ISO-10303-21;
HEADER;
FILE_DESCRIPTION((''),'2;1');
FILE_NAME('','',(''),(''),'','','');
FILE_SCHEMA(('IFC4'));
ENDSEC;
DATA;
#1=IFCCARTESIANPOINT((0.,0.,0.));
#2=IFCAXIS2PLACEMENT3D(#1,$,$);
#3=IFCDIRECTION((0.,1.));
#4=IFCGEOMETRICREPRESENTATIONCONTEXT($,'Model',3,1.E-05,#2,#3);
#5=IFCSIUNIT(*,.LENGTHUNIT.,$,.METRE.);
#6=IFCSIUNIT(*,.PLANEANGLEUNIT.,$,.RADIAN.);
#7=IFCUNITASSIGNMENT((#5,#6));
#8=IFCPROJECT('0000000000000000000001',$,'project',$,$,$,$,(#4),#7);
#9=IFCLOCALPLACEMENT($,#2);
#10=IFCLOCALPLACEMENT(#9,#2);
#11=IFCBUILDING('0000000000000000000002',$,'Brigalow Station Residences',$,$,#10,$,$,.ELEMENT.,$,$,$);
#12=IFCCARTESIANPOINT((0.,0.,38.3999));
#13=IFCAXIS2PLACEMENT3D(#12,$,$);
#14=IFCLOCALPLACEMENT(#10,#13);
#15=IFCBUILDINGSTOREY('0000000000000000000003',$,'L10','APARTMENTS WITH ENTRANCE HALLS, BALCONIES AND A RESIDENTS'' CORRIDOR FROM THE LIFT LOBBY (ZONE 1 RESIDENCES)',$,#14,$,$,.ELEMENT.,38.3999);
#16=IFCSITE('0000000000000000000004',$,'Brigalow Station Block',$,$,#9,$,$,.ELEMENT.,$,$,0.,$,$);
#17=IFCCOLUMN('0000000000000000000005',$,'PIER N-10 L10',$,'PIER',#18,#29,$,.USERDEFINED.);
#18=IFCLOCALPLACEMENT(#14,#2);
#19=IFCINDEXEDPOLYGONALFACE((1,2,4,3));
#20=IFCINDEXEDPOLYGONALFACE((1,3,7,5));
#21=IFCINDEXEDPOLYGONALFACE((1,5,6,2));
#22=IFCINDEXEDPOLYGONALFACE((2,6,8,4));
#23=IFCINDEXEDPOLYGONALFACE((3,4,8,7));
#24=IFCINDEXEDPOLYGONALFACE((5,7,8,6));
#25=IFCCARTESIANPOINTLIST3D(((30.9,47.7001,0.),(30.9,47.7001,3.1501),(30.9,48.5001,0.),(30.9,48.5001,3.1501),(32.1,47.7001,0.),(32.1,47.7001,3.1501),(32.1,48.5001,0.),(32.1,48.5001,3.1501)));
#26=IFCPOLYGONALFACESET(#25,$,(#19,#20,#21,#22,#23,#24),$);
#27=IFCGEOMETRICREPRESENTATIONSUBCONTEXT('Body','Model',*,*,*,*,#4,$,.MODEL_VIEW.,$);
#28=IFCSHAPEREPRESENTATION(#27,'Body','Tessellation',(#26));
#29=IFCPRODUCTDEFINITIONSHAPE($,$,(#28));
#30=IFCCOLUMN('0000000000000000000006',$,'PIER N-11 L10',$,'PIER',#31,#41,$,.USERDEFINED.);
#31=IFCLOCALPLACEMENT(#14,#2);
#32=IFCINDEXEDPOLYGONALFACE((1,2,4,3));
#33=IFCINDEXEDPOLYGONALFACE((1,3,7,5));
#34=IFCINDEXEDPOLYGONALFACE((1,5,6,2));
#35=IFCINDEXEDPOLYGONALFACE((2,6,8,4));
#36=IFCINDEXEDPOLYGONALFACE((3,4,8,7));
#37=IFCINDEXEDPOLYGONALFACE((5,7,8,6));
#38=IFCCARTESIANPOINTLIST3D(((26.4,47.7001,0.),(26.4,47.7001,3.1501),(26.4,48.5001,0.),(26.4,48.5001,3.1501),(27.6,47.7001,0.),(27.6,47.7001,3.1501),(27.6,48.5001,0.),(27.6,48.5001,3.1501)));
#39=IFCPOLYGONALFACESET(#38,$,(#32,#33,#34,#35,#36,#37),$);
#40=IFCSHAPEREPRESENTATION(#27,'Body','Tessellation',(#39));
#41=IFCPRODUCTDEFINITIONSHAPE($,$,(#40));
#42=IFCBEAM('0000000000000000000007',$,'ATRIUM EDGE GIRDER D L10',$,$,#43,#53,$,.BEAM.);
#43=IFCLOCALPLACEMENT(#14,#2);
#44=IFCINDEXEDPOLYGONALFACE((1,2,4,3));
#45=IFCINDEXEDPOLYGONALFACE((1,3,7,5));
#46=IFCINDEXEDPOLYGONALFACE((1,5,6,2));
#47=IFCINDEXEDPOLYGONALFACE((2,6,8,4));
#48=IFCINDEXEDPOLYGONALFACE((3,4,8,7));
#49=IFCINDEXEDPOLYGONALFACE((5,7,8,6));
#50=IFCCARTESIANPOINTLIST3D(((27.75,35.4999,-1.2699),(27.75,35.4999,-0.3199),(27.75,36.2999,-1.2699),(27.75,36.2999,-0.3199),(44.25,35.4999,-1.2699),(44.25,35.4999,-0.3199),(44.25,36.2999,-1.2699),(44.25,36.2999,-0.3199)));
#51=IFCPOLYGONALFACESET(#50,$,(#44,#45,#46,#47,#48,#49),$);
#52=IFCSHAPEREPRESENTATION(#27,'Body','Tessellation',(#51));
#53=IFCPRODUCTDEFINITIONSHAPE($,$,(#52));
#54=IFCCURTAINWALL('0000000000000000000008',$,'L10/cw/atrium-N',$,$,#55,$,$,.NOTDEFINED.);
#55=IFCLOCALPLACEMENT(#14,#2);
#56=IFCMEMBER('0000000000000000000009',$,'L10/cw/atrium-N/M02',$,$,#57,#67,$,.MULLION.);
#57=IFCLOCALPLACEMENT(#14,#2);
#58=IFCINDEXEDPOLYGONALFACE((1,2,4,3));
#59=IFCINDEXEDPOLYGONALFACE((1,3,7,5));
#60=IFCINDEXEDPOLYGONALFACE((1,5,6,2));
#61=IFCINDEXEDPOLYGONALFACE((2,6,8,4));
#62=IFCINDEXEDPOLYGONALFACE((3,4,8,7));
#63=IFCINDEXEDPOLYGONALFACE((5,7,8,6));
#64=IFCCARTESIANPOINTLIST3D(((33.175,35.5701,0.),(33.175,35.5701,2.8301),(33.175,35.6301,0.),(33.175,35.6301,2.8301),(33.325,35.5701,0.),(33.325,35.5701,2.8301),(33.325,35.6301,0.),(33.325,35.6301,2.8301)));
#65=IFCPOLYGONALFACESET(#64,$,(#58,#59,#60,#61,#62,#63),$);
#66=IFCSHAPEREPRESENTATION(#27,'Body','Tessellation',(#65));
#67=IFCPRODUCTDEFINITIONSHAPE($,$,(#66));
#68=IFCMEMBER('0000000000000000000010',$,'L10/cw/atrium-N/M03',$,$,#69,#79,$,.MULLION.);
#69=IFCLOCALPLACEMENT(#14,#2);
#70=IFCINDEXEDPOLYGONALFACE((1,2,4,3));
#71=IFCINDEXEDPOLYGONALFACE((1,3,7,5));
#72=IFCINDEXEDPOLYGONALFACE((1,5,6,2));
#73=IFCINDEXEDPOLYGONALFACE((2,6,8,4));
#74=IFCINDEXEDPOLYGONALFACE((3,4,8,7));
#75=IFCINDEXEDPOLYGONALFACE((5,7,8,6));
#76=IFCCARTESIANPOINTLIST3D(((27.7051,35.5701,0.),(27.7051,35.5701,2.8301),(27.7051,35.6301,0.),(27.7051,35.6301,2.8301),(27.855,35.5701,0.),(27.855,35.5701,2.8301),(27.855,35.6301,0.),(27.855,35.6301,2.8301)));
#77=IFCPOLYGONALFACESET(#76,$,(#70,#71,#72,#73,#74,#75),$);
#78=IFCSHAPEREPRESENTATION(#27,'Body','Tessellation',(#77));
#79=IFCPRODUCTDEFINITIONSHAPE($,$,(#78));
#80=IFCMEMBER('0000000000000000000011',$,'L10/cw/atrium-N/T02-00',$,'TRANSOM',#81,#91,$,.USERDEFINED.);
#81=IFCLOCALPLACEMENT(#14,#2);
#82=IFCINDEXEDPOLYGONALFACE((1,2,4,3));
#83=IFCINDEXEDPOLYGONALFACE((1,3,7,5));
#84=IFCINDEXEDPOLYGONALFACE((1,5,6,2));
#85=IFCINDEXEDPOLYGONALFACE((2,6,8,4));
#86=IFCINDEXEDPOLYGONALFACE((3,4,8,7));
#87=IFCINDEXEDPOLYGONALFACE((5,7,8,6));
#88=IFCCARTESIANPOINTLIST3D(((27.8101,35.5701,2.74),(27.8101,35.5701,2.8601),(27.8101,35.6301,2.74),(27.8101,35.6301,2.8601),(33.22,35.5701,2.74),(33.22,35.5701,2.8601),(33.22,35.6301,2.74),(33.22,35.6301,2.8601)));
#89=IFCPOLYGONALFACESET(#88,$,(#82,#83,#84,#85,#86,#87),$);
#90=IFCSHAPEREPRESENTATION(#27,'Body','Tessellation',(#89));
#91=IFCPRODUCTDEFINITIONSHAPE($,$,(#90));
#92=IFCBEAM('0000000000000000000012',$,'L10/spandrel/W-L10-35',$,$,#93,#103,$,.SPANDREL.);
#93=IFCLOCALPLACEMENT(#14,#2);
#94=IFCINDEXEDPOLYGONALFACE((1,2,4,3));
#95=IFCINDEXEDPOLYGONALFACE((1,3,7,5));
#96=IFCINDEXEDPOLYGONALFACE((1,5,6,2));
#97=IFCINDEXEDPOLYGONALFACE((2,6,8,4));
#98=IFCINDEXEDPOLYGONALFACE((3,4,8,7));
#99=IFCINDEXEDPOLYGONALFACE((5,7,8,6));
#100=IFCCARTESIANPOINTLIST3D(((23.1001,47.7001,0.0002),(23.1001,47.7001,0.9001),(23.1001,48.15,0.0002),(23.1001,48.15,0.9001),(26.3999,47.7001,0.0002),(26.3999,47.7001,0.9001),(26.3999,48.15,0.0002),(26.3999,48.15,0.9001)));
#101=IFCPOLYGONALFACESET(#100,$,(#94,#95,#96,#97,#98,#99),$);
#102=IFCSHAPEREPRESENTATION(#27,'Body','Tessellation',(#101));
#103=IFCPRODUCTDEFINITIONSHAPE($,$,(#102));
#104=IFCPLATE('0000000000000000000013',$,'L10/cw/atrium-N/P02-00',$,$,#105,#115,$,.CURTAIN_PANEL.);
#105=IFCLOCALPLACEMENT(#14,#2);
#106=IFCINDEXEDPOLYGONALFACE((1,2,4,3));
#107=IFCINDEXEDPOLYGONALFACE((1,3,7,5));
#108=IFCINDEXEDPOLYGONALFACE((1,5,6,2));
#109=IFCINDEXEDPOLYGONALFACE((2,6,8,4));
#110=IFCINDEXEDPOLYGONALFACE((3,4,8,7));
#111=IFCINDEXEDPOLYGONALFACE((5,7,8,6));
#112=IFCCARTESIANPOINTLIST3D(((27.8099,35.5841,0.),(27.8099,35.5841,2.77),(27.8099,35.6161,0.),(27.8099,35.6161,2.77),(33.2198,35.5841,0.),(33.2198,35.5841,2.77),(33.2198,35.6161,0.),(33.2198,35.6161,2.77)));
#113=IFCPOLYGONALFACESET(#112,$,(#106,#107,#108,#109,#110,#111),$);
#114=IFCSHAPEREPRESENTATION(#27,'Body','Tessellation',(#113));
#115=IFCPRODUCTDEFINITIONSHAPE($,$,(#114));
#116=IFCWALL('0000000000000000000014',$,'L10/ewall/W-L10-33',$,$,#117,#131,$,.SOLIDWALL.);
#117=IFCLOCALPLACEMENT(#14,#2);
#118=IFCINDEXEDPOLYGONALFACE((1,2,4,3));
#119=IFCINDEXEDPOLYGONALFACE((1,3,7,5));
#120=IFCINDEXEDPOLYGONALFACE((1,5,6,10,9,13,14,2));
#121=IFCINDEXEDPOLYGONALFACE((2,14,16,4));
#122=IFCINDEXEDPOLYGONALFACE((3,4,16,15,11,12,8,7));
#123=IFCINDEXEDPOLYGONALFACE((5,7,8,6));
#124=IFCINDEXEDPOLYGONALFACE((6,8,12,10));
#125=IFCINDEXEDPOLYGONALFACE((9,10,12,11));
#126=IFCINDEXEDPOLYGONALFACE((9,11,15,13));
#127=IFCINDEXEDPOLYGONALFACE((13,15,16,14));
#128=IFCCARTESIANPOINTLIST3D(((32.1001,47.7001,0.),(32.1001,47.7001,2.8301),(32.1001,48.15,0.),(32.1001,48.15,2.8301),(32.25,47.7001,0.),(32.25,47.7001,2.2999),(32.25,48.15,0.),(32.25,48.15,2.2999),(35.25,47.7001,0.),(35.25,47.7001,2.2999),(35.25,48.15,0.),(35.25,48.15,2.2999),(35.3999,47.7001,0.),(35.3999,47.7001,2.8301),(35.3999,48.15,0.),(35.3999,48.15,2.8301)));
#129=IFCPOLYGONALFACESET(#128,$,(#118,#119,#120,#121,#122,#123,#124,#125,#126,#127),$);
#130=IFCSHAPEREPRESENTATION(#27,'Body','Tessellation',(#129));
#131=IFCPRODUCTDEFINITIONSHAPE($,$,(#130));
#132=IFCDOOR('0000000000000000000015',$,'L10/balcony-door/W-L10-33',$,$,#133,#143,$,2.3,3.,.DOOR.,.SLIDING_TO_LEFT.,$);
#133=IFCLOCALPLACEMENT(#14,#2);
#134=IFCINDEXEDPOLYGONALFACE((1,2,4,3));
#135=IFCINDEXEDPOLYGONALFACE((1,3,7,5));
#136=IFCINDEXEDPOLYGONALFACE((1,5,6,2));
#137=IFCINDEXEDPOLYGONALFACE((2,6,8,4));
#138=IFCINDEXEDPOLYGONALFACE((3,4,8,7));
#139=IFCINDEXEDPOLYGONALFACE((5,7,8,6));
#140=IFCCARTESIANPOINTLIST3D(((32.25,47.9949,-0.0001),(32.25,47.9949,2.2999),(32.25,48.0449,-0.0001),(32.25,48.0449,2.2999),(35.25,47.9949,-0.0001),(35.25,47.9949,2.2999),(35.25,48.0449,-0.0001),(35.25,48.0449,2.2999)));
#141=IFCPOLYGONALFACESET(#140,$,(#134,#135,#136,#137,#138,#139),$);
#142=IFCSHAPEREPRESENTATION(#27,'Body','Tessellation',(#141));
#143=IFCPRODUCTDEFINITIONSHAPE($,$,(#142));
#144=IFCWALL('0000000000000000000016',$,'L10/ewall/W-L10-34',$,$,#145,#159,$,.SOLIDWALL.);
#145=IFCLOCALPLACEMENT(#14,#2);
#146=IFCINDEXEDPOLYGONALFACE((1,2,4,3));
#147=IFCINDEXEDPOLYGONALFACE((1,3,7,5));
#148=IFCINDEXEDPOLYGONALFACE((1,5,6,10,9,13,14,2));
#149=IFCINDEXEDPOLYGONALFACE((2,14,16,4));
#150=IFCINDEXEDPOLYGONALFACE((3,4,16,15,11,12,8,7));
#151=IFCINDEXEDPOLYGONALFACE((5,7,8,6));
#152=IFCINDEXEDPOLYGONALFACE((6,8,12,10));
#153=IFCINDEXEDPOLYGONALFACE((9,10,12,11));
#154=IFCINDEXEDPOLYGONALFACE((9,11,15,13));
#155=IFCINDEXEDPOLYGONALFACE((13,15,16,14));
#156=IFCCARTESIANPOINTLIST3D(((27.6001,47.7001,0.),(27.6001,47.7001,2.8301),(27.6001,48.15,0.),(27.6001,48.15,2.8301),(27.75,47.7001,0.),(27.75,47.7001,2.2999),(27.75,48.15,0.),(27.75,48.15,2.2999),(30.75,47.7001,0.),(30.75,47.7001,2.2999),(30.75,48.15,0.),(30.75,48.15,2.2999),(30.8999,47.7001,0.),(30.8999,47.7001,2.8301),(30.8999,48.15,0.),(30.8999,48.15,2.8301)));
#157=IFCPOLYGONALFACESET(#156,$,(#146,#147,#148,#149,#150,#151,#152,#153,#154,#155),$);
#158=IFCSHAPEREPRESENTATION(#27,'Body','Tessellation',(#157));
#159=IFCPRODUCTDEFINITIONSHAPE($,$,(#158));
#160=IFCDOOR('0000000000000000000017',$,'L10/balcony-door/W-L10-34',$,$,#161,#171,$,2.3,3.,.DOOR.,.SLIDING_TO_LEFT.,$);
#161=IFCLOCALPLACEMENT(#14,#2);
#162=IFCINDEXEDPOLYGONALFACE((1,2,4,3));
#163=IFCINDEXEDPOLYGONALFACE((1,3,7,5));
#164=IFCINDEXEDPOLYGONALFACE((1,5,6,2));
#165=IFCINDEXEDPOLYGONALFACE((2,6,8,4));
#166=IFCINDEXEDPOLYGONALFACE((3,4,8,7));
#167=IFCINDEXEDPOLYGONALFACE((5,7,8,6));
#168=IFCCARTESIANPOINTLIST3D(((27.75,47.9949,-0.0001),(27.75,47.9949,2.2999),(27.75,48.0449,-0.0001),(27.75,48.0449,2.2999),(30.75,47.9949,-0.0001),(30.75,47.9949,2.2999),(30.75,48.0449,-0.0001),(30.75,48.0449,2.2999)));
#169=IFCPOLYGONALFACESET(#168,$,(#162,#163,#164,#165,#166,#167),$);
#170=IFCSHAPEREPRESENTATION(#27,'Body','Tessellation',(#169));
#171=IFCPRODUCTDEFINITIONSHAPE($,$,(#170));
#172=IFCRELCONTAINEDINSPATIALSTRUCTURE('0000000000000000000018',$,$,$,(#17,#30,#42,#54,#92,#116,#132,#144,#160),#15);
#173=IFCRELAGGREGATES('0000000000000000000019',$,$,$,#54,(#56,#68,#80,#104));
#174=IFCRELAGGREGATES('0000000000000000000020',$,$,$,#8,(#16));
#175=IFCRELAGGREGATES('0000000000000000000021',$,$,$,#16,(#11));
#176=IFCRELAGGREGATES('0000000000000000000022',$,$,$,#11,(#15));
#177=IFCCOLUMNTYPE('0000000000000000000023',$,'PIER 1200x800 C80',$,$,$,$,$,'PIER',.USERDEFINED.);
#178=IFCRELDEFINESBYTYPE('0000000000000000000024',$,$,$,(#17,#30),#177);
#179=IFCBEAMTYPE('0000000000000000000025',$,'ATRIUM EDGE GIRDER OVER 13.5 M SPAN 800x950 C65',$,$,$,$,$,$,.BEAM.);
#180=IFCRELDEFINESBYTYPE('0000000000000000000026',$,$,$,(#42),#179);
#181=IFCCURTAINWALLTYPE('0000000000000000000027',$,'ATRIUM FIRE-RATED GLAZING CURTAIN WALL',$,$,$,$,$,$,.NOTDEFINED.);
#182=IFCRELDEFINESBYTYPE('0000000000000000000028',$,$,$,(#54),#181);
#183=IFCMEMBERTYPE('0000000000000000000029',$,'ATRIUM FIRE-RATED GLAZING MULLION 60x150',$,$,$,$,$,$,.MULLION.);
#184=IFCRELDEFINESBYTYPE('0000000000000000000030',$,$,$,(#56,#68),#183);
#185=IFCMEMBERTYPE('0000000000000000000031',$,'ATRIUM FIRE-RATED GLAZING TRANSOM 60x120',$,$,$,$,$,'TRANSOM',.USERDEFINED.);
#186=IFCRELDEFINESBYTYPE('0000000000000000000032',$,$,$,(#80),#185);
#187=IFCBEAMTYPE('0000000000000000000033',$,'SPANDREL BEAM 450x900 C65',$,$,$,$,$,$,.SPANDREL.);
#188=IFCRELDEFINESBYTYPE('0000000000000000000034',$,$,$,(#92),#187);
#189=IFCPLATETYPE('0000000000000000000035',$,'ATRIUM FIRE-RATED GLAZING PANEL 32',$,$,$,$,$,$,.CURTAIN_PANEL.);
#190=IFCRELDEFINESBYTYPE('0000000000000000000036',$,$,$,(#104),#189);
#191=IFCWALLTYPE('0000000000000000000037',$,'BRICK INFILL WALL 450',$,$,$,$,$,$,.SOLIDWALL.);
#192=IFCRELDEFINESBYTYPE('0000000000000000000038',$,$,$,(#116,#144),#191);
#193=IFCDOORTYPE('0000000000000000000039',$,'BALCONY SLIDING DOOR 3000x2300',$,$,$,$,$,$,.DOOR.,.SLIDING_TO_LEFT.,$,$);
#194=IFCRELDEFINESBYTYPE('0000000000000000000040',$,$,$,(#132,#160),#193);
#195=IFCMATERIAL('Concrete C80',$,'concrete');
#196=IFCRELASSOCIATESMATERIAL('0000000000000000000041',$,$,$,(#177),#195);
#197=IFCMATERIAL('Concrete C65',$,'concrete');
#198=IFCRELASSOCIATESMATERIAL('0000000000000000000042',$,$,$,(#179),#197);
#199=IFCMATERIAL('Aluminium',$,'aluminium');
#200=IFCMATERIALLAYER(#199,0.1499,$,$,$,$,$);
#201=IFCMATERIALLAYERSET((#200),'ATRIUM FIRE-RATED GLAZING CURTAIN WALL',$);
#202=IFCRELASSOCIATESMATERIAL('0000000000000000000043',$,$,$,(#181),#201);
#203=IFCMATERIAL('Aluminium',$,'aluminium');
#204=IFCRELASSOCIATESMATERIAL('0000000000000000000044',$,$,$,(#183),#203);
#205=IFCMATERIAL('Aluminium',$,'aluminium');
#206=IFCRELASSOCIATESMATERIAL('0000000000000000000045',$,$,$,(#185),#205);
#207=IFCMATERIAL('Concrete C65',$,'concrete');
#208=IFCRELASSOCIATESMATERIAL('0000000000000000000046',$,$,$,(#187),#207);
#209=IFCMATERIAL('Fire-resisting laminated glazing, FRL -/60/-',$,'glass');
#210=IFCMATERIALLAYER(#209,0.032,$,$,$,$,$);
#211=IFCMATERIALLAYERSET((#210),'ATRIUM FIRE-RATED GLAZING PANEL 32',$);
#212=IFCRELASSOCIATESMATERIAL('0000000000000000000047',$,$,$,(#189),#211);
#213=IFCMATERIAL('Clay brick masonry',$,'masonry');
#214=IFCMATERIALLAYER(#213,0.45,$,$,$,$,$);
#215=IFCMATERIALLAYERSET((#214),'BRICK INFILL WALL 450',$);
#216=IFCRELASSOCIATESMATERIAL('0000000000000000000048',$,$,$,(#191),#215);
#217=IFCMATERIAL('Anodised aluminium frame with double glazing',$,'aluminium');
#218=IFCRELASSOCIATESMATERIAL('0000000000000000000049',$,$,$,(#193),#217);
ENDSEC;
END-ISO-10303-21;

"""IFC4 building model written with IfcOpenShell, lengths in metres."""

from ifc_helpers import new_model, si_unit, direction, frame, frame_2d, origin, origin_2d, place, context, subcontext, project, spatial, rectangle, extrude, material, layer, layer_set, material_profile, profile_set, type_object, element, fill, aggregate, save


model = new_model("IFC4")

# Units and contexts
model_context = context("Model", 3, precision=1e-05, world=origin(), true_north=direction((0.0, 1.0)))
body_context = subcontext(model_context, "Body", "Model", "MODEL_VIEW")
ifc_project = project(units=[si_unit("LENGTHUNIT", "METRE"), si_unit("PLANEANGLEUNIT", "RADIAN")], contexts=[model_context])

# Site, building, storey
site_placement = place(None, origin())
site = spatial("IfcSite", under=ifc_project, at=site_placement, Name="Brigalow Station Block", CompositionType="ELEMENT", RefElevation=0.0)
building_placement = place(site_placement, origin())
building = spatial("IfcBuilding", under=site, at=building_placement, Name="Brigalow Station Residences", CompositionType="ELEMENT")
storey_placement = place(building_placement, frame((0.0, 0.0, 38.3999)))
storey = spatial("IfcBuildingStorey", under=building, at=storey_placement, Name="L10", Description="APARTMENTS WITH ENTRANCE HALLS, BALCONIES AND A RESIDENTS' CORRIDOR FROM THE LIFT LOBBY (ZONE 1 RESIDENCES)", CompositionType="ELEMENT", Elevation=38.3999)

# Columns
ifc_material_1 = material(Name="Concrete C80", Category="concrete")
ifc_material_profile_1 = material_profile(ifc_material_1, rectangle(XDim=1.2, YDim=0.8, at=origin_2d()), Name="RC1200x800")
ifc_profile_set_1 = profile_set([ifc_material_profile_1], Name="Concrete C80")
column_type = type_object("IfcColumnType", Name="PIER 1200x800 C80", ElementType="PIER", PredefinedType="USERDEFINED", material=ifc_profile_set_1)
for number, where, z_axis, x_axis, name in (
    (1, (31.5, 48.1001, 0.0), (0.0, 0.0, 1.0), (-1.0, 0.0, 0.0), "PIER N-10 L10"),
    (2, (27.0, 48.1001, 0.0), (0.0, 0.0, 1.0), (-1.0, 0.0, 0.0), "PIER N-11 L10"),
):
    element("IfcColumn", number, at=place(storey_placement, frame(where, z_axis=z_axis, x_axis=x_axis)), inside=storey, type_object=column_type, Name=name, ObjectType="PIER", PredefinedType="USERDEFINED", context=body_context, shape_type="SweptSolid", body=[
        extrude(rectangle(XDim=1.2, YDim=0.8, at=origin_2d()), origin(), (0.0, 0.0, 1.0), 3.1501),
    ])

# Beam
ifc_material_2 = material(Name="Concrete C65", Category="concrete")
ifc_material_profile_2 = material_profile(ifc_material_2, rectangle(XDim=0.8, YDim=0.95, at=origin_2d()), Name="RC800x950")
ifc_profile_set_2 = profile_set([ifc_material_profile_2], Name="Concrete C65")
beam_type_1 = type_object("IfcBeamType", Name="ATRIUM EDGE GIRDER OVER 13.5 M SPAN 800x950 C65", PredefinedType="BEAM", material=ifc_profile_set_2)
beam_1_placement = place(storey_placement, frame((27.75, 35.8999, -0.7949), z_axis=(1.0, 0.0, 0.0), x_axis=(0.0, 1.0, 0.0)))
element("IfcBeam", 3, at=beam_1_placement, inside=storey, type_object=beam_type_1, Name="ATRIUM EDGE GIRDER D L10", PredefinedType="BEAM", context=body_context, shape_type="SweptSolid", body=[
    extrude(rectangle(XDim=0.8, YDim=0.95, at=origin_2d()), origin(), (0.0, 0.0, 1.0), 16.5),
])

# Curtain wall, members
ifc_material_3 = material(Name="Aluminium", Category="aluminium")
ifc_layer_1 = layer(ifc_material_3, 0.1499)
ifc_layer_set_1 = layer_set([ifc_layer_1], Name="ATRIUM FIRE-RATED GLAZING CURTAIN WALL")
curtain_wall_type = type_object("IfcCurtainWallType", Name="ATRIUM FIRE-RATED GLAZING CURTAIN WALL", PredefinedType="NOTDEFINED", material=ifc_layer_set_1)
curtain_wall_placement = place(storey_placement, origin())
curtain_wall = element("IfcCurtainWall", 4, at=curtain_wall_placement, inside=storey, type_object=curtain_wall_type, Name="L10/cw/atrium-N", PredefinedType="NOTDEFINED")
ifc_material_4 = material(Name="Aluminium", Category="aluminium")
ifc_material_profile_3 = material_profile(ifc_material_4, rectangle(XDim=0.0601, YDim=0.1499, at=origin_2d()), Name="ATRIUM FIRE-RATED GLAZING MULLION 60x150")
ifc_profile_set_3 = profile_set([ifc_material_profile_3], Name="Aluminium")
member_type_1 = type_object("IfcMemberType", Name="ATRIUM FIRE-RATED GLAZING MULLION 60x150", PredefinedType="MULLION", material=ifc_profile_set_3)
member_1_placement = place(storey_placement, frame((33.25, 35.6001, 0.0), z_axis=(0.0, 0.0, 1.0), x_axis=(0.0, -1.0, 0.0)))
member_1 = element("IfcMember", 5, at=member_1_placement, type_object=member_type_1, Name="L10/cw/atrium-N/M02", PredefinedType="MULLION", context=body_context, shape_type="SweptSolid", body=[
    extrude(rectangle(XDim=0.0601, YDim=0.1499, at=origin_2d()), origin(), (0.0, 0.0, 1.0), 2.8301),
])
member_2_placement = place(storey_placement, frame((27.78, 35.6001, 0.0), z_axis=(0.0, 0.0, 1.0), x_axis=(0.0, -1.0, 0.0)))
member_2 = element("IfcMember", 6, at=member_2_placement, type_object=member_type_1, Name="L10/cw/atrium-N/M03", PredefinedType="MULLION", context=body_context, shape_type="SweptSolid", body=[
    extrude(rectangle(XDim=0.0601, YDim=0.1499, at=origin_2d()), origin(), (0.0, 0.0, 1.0), 2.8301),
])
ifc_material_5 = material(Name="Aluminium", Category="aluminium")
ifc_material_profile_4 = material_profile(ifc_material_5, rectangle(XDim=0.0601, YDim=0.1201, at=origin_2d()), Name="ATRIUM FIRE-RATED GLAZING TRANSOM 60x120")
ifc_profile_set_4 = profile_set([ifc_material_profile_4], Name="Aluminium")
member_type_2 = type_object("IfcMemberType", Name="ATRIUM FIRE-RATED GLAZING TRANSOM 60x120", ElementType="TRANSOM", PredefinedType="USERDEFINED", material=ifc_profile_set_4)
member_3_placement = place(storey_placement, frame((33.22, 35.6001, 2.8), z_axis=(-1.0, 0.0, 0.0), x_axis=(0.0, -1.0, 0.0)))
member_3 = element("IfcMember", 7, at=member_3_placement, type_object=member_type_2, Name="L10/cw/atrium-N/T02-00", ObjectType="TRANSOM", PredefinedType="USERDEFINED", context=body_context, shape_type="SweptSolid", body=[
    extrude(rectangle(XDim=0.0601, YDim=0.1201, at=origin_2d()), origin(), (0.0, 0.0, 1.0), 5.4099),
])

# Beam
ifc_material_6 = material(Name="Concrete C65", Category="concrete")
ifc_material_profile_5 = material_profile(ifc_material_6, rectangle(XDim=0.45, YDim=0.8999, at=origin_2d()), Name="RC450x900")
ifc_profile_set_5 = profile_set([ifc_material_profile_5], Name="Concrete C65")
beam_type_2 = type_object("IfcBeamType", Name="SPANDREL BEAM 450x900 C65", PredefinedType="SPANDREL", material=ifc_profile_set_5)
beam_2_placement = place(storey_placement, frame((26.3999, 47.925, 0.4502), z_axis=(-1.0, 0.0, 0.0), x_axis=(0.0, -1.0, 0.0)))
element("IfcBeam", 8, at=beam_2_placement, inside=storey, type_object=beam_type_2, Name="L10/spandrel/W-L10-35", PredefinedType="SPANDREL", context=body_context, shape_type="SweptSolid", body=[
    extrude(rectangle(XDim=0.45, YDim=0.8999, at=origin_2d()), origin(), (0.0, 0.0, 1.0), 3.2998),
])

# Plate
ifc_material_7 = material(Name="Fire-resisting laminated glazing, FRL -/60/-", Category="glass")
ifc_layer_2 = layer(ifc_material_7, 0.032)
ifc_layer_set_2 = layer_set([ifc_layer_2], Name="ATRIUM FIRE-RATED GLAZING PANEL 32")
plate_type = type_object("IfcPlateType", Name="ATRIUM FIRE-RATED GLAZING PANEL 32", PredefinedType="CURTAIN_PANEL", material=ifc_layer_set_2)
plate_placement = place(storey_placement, frame((30.5149, 35.6001, 0.0), z_axis=(0.0, 0.0, 1.0), x_axis=(-1.0, 0.0, 0.0)))
plate = element("IfcPlate", 9, at=plate_placement, type_object=plate_type, Name="L10/cw/atrium-N/P02-00", PredefinedType="CURTAIN_PANEL", context=body_context, shape_type="SweptSolid", body=[
    extrude(rectangle(XDim=5.4099, YDim=0.032, at=origin_2d()), origin(), (0.0, 0.0, 1.0), 2.77),
])
aggregate(curtain_wall, [member_1, member_2, member_3, plate])

# Walls, openings, doors
ifc_material_8 = material(Name="Clay brick masonry", Category="masonry")
ifc_layer_3 = layer(ifc_material_8, 0.45)
ifc_layer_set_3 = layer_set([ifc_layer_3], Name="BRICK INFILL WALL 450")
wall_type_1 = type_object("IfcWallType", Name="BRICK INFILL WALL 450", PredefinedType="SOLIDWALL", material=ifc_layer_set_3)
wall_1_placement = place(storey_placement, frame((35.3999, 47.925, 0.0), z_axis=(0.0, 0.0, 1.0), x_axis=(-1.0, 0.0, 0.0)))
wall_1 = element("IfcWall", 10, at=wall_1_placement, inside=storey, type_object=wall_type_1, Name="L10/ewall/W-L10-33", PredefinedType="SOLIDWALL", context=body_context, shape_type="SweptSolid", body=[
    extrude(rectangle(XDim=3.2998, YDim=0.45, at=frame_2d((1.6499, 0.0))), origin(), (0.0, 0.0, 1.0), 2.8301),
])
opening_1_placement = place(wall_1_placement, frame((0.1499, 0.0, 0.0)))
opening_1 = element("IfcOpeningElement", 11, at=opening_1_placement, cuts=wall_1, PredefinedType="OPENING", context=body_context, shape_type="SweptSolid", body=[
    extrude(rectangle(XDim=3.0, YDim=2.3, at=frame_2d((1.5, 1.1499))), frame((0.0, 0.2349, 0.0), z_axis=(0.0, -1.0, 0.0), x_axis=(1.0, 0.0, 0.0)), (0.0, 0.0, 1.0), 0.47),
])
ifc_material_9 = material(Name="Anodised aluminium frame with double glazing", Category="aluminium")
door_type_1 = type_object("IfcDoorType", Name="BALCONY SLIDING DOOR 3000x2300", OperationType="SLIDING_TO_LEFT", PredefinedType="DOOR", material=ifc_material_9)
door_1_placement = place(opening_1_placement, origin())
door_1 = element("IfcDoor", 12, at=door_1_placement, inside=storey, type_object=door_type_1, Name="L10/balcony-door/W-L10-33", OperationType="SLIDING_TO_LEFT", OverallHeight=2.3, OverallWidth=3.0, PredefinedType="DOOR", context=body_context, shape_type="SweptSolid", body=[
    extrude(rectangle(XDim=3.0, YDim=2.3, at=frame_2d((1.5, 1.1499))), frame((0.0, -0.0698, 0.0), z_axis=(0.0, -1.0, 0.0), x_axis=(1.0, 0.0, 0.0)), (0.0, 0.0, 1.0), 0.05),
])
fill(opening_1, door_1)
wall_2_placement = place(storey_placement, frame((30.8999, 47.925, 0.0), z_axis=(0.0, 0.0, 1.0), x_axis=(-1.0, 0.0, 0.0)))
wall_2 = element("IfcWall", 13, at=wall_2_placement, inside=storey, type_object=wall_type_1, Name="L10/ewall/W-L10-34", PredefinedType="SOLIDWALL", context=body_context, shape_type="SweptSolid", body=[
    extrude(rectangle(XDim=3.2998, YDim=0.45, at=frame_2d((1.6499, 0.0))), origin(), (0.0, 0.0, 1.0), 2.8301),
])
opening_2_placement = place(wall_2_placement, frame((0.1499, 0.0, 0.0)))
opening_2 = element("IfcOpeningElement", 14, at=opening_2_placement, cuts=wall_2, PredefinedType="OPENING", context=body_context, shape_type="SweptSolid", body=[
    extrude(rectangle(XDim=3.0, YDim=2.3, at=frame_2d((1.5, 1.1499))), frame((0.0, 0.2349, 0.0), z_axis=(0.0, -1.0, 0.0), x_axis=(1.0, 0.0, 0.0)), (0.0, 0.0, 1.0), 0.47),
])
door_2_placement = place(opening_2_placement, origin())
door_2 = element("IfcDoor", 15, at=door_2_placement, inside=storey, type_object=door_type_1, Name="L10/balcony-door/W-L10-34", OperationType="SLIDING_TO_LEFT", OverallHeight=2.3, OverallWidth=3.0, PredefinedType="DOOR", context=body_context, shape_type="SweptSolid", body=[
    extrude(rectangle(XDim=3.0, YDim=2.3, at=frame_2d((1.5, 1.1499))), frame((0.0, -0.0698, 0.0), z_axis=(0.0, -1.0, 0.0), x_axis=(1.0, 0.0, 0.0)), (0.0, 0.0, 1.0), 0.05),
])
fill(opening_2, door_2)

save(model, "model.ifc")
